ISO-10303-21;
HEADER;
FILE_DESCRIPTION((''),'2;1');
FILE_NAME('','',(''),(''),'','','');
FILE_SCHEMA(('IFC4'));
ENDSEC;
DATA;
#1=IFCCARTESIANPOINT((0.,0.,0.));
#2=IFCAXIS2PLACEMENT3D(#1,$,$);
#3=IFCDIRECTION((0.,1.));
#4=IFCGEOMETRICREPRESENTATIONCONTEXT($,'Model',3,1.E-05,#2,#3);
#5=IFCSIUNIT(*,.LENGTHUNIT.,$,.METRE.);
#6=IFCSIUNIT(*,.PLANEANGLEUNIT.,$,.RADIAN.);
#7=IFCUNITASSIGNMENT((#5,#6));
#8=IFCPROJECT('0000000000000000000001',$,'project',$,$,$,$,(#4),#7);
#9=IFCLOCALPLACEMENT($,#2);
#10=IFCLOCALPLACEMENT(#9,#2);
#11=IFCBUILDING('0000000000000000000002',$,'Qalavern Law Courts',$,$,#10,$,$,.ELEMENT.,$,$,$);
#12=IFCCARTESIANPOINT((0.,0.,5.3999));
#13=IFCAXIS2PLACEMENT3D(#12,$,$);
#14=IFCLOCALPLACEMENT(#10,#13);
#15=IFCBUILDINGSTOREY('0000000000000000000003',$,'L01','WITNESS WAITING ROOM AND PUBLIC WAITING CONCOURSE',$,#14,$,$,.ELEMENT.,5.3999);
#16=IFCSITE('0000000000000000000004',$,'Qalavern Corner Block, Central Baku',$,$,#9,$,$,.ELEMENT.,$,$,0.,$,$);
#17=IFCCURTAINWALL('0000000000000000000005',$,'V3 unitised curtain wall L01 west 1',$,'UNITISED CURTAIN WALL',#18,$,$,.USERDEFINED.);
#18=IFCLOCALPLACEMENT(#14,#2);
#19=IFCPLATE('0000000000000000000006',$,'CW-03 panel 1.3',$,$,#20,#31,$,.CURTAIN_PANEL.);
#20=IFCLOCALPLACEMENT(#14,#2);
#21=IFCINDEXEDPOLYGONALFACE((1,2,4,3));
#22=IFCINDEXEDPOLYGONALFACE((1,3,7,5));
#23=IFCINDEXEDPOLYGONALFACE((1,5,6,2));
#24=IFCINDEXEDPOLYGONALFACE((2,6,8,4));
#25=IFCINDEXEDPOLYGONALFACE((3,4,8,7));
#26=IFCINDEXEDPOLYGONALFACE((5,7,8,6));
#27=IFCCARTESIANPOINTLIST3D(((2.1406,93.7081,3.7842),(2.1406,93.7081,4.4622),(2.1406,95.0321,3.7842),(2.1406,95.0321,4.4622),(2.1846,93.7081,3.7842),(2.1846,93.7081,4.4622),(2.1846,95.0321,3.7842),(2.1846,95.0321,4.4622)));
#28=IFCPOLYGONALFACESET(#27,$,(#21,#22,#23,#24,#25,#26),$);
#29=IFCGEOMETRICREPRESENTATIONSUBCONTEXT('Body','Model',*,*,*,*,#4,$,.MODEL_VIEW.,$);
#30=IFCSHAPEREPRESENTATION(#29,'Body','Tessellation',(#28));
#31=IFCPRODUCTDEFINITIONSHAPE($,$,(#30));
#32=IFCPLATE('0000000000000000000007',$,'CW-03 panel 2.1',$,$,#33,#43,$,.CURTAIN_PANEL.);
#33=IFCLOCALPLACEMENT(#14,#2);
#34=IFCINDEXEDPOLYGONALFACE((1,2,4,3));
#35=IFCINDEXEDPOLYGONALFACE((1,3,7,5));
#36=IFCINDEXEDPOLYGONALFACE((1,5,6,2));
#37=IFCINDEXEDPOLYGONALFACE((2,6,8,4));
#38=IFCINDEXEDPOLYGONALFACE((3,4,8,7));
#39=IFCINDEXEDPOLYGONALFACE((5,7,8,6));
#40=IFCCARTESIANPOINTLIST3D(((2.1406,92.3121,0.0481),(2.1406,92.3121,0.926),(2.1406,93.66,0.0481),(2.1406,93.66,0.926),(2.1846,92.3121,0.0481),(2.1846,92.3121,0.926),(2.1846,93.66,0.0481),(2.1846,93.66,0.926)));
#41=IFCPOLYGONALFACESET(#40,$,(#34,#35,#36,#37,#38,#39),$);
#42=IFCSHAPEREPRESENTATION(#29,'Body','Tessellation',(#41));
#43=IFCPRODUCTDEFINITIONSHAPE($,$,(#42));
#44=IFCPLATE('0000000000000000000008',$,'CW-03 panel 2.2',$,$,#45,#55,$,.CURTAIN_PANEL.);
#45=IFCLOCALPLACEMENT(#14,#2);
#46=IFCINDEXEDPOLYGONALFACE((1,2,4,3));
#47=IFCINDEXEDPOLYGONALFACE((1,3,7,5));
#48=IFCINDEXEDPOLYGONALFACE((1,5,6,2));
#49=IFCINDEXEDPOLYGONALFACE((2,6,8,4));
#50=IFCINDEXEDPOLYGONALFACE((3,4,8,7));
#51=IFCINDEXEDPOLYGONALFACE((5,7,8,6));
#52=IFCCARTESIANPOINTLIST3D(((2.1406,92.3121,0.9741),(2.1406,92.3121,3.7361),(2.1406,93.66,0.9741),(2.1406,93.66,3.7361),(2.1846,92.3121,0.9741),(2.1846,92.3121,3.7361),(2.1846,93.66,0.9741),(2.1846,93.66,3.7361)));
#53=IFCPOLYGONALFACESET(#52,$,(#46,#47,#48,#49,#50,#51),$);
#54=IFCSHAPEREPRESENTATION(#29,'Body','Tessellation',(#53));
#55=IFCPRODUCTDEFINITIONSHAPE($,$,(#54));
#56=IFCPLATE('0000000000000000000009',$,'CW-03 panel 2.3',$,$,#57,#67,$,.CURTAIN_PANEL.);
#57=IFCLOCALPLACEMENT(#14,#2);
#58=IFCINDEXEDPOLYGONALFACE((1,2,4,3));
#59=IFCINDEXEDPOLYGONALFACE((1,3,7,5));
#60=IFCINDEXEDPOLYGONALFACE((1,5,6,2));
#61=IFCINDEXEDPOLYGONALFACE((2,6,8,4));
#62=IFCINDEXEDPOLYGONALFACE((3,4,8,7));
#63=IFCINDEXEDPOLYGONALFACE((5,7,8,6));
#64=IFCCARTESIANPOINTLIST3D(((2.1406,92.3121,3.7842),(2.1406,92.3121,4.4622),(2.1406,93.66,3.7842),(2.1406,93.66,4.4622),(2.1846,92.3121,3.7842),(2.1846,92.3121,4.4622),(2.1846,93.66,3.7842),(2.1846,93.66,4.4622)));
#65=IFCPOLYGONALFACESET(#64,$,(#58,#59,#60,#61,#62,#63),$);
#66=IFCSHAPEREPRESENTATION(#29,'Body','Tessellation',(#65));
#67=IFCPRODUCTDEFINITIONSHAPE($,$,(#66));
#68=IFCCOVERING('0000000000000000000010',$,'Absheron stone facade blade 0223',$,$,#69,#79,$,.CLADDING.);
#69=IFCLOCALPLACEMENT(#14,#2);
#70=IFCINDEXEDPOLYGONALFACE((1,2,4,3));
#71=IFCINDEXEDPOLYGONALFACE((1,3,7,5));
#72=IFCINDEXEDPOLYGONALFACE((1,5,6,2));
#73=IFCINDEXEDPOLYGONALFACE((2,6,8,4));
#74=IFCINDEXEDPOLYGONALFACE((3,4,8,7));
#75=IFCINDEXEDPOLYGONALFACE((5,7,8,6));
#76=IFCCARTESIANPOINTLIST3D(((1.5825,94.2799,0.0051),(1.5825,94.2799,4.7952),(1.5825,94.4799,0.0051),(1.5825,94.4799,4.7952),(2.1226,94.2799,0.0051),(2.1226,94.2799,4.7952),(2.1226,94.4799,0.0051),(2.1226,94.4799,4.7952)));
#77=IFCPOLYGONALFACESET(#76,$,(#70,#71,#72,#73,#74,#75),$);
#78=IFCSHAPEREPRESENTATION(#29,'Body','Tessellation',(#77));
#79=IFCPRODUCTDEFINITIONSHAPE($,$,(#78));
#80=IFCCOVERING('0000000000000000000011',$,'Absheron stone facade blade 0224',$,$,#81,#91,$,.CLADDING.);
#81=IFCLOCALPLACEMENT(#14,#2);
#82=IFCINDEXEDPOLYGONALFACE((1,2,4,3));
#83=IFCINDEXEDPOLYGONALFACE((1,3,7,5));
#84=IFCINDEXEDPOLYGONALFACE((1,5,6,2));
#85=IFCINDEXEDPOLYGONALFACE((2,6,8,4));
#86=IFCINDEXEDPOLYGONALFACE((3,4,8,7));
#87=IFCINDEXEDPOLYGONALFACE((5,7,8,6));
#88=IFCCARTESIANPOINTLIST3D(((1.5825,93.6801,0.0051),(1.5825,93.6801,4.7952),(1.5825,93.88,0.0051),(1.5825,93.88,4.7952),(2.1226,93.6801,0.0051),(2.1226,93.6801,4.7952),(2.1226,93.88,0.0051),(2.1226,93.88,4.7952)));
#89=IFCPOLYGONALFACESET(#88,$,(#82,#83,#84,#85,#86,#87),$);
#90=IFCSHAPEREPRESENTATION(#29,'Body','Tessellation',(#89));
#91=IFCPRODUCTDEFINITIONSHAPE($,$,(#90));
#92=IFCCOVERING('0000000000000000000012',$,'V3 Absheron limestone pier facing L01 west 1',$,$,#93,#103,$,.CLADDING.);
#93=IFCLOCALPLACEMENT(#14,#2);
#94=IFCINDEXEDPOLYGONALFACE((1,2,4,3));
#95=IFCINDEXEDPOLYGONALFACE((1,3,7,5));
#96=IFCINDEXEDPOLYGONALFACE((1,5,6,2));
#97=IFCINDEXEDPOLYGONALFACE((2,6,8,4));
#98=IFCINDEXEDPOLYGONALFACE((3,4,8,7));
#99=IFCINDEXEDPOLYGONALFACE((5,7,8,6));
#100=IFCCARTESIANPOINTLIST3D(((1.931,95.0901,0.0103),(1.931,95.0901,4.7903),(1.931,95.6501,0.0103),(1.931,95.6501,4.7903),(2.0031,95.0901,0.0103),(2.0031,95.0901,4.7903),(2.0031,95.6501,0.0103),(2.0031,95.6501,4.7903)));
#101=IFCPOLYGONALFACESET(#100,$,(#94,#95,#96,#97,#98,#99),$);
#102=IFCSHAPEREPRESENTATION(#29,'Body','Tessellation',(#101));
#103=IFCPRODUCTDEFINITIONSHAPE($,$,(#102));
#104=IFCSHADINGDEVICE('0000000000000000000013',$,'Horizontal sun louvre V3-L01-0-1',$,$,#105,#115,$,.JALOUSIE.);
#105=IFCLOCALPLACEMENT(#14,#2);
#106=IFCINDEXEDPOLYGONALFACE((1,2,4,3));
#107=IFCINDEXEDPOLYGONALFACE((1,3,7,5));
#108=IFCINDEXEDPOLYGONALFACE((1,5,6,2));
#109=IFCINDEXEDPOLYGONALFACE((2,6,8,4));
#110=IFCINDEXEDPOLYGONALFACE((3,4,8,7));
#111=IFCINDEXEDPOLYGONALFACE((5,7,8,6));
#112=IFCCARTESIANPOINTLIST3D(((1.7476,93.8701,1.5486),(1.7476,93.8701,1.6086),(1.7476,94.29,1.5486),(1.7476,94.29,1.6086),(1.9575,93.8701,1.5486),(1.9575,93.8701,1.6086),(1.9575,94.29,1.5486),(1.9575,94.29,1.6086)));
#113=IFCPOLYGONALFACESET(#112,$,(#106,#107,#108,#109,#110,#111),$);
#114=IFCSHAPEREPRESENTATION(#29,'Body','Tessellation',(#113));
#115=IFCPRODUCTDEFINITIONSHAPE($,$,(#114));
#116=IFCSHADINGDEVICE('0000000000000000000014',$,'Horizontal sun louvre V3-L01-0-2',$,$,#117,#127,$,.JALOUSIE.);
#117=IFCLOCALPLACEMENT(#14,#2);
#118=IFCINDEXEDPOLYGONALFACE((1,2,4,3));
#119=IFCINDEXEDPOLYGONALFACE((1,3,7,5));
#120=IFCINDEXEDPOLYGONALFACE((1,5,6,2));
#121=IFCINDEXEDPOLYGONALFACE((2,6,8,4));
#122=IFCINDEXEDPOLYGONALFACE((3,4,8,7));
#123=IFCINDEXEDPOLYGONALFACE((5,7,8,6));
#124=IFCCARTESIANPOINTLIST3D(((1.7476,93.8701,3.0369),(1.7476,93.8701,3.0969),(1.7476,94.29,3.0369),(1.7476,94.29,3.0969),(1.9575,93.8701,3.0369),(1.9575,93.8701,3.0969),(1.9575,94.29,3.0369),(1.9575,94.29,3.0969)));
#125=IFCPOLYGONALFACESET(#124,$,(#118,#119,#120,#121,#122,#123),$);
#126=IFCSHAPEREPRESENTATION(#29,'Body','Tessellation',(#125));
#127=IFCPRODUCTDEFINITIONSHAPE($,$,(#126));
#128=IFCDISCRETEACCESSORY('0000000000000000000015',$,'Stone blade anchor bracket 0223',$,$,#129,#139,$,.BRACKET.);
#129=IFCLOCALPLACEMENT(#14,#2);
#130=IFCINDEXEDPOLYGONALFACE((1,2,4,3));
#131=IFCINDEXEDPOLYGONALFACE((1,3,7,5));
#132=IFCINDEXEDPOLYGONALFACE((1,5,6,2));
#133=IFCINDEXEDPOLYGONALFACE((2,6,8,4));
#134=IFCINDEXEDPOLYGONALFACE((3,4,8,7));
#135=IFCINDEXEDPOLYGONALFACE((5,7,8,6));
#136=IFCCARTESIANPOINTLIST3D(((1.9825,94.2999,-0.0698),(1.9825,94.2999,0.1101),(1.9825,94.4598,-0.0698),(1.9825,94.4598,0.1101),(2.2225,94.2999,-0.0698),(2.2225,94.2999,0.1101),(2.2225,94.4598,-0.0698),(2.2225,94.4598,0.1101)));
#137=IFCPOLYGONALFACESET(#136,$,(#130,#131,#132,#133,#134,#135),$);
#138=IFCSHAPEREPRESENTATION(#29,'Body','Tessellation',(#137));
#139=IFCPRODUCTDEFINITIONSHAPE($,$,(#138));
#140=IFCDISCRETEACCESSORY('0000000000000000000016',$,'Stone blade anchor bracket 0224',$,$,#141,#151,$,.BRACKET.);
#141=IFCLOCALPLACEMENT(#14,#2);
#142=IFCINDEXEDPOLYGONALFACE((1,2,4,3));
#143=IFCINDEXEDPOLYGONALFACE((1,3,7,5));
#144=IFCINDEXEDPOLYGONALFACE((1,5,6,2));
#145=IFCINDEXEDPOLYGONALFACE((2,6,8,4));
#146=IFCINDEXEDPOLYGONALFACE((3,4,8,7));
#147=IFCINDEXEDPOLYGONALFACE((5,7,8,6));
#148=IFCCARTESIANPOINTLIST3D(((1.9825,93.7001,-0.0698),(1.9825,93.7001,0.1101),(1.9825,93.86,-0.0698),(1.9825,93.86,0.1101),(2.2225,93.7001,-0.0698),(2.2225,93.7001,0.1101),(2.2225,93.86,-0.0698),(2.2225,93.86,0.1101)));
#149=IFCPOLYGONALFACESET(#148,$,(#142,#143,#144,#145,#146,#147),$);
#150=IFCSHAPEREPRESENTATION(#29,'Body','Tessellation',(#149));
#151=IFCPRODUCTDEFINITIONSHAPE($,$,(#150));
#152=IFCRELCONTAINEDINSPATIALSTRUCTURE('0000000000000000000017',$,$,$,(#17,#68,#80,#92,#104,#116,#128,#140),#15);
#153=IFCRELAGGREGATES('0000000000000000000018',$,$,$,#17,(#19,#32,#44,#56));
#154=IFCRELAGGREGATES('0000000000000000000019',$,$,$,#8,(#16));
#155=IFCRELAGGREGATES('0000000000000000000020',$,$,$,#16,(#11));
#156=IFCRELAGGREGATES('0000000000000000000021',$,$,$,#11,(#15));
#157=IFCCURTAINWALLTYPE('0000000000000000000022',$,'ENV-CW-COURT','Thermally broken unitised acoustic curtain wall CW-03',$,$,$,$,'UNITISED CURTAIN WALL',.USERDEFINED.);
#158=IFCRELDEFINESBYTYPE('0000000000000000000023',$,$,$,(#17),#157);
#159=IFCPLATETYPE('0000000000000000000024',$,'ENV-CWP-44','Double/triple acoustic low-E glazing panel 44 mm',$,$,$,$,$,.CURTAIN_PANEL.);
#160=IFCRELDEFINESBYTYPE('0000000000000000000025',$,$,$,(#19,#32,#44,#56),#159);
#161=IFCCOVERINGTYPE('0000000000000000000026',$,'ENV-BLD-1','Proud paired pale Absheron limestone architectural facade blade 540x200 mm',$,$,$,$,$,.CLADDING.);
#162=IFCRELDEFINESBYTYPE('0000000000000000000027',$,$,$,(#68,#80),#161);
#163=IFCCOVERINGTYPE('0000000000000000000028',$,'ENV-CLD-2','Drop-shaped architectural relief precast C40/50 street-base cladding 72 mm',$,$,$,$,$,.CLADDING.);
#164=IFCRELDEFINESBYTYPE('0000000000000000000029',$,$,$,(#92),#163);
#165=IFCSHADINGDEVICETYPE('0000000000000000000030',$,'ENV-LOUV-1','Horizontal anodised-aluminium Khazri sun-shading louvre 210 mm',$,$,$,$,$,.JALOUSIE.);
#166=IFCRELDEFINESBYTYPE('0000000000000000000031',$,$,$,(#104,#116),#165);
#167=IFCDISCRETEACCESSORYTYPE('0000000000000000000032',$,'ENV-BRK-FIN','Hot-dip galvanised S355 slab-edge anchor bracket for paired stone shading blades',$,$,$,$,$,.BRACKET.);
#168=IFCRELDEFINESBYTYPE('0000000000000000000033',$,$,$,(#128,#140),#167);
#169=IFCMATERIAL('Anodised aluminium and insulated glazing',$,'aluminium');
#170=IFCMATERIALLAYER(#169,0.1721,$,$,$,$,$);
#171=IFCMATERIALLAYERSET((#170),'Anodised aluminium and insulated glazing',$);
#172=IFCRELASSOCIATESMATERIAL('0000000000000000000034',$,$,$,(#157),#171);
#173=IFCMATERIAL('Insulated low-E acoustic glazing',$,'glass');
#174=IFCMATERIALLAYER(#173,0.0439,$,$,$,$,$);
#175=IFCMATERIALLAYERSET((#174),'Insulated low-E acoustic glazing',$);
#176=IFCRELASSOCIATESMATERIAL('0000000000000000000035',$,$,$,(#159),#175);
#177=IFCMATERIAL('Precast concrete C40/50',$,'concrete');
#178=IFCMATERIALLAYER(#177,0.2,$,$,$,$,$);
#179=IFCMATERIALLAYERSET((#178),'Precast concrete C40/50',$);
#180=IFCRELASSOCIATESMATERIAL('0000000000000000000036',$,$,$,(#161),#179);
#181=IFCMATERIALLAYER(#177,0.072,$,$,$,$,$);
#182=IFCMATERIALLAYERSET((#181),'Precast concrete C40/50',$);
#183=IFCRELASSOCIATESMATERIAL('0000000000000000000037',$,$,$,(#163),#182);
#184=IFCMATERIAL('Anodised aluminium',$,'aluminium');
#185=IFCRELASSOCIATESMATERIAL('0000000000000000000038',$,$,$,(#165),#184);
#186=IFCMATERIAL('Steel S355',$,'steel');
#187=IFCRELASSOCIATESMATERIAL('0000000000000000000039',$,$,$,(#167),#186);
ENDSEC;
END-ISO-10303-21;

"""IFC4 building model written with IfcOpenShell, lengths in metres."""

from ifc_helpers import new_model, si_unit, direction, frame, origin, origin_2d, place, context, subcontext, project, spatial, rectangle, extrude, material, layer, layer_set, type_object, element, aggregate, save


model = new_model("IFC4")

# Units and contexts
model_context = context("Model", 3, precision=1e-05, world=origin(), true_north=direction((0.0, 1.0)))
body_context = subcontext(model_context, "Body", "Model", "MODEL_VIEW")
ifc_project = project(units=[si_unit("LENGTHUNIT", "METRE"), si_unit("PLANEANGLEUNIT", "RADIAN")], contexts=[model_context])

# Site, building, storey
site_placement = place(None, origin())
site = spatial("IfcSite", under=ifc_project, at=site_placement, Name="Qalavern Corner Block, Central Baku", CompositionType="ELEMENT", RefElevation=0.0)
building_placement = place(site_placement, origin())
building = spatial("IfcBuilding", under=site, at=building_placement, Name="Qalavern Law Courts", CompositionType="ELEMENT")
storey_placement = place(building_placement, frame((0.0, 0.0, 5.3999)))
storey = spatial("IfcBuildingStorey", under=building, at=storey_placement, Name="L01", Description="WITNESS WAITING ROOM AND PUBLIC WAITING CONCOURSE", CompositionType="ELEMENT", Elevation=5.3999)

# Curtain wall, plates
ifc_material_1 = material(Name="Anodised aluminium and insulated glazing", Category="aluminium")
ifc_layer_1 = layer(ifc_material_1, 0.1721)
ifc_layer_set_1 = layer_set([ifc_layer_1], Name="Anodised aluminium and insulated glazing")
curtain_wall_type = type_object("IfcCurtainWallType", Name="ENV-CW-COURT", Description="Thermally broken unitised acoustic curtain wall CW-03", ElementType="UNITISED CURTAIN WALL", PredefinedType="USERDEFINED", material=ifc_layer_set_1)
curtain_wall_placement = place(storey_placement, origin())
curtain_wall = element("IfcCurtainWall", 1, at=curtain_wall_placement, inside=storey, type_object=curtain_wall_type, Name="V3 unitised curtain wall L01 west 1", ObjectType="UNITISED CURTAIN WALL", PredefinedType="USERDEFINED")
ifc_material_2 = material(Name="Anodised aluminium", Category="aluminium")
ifc_material_3 = material(Name="Insulated low-E acoustic glazing", Category="glass")
ifc_layer_2 = layer(ifc_material_3, 0.0439)
ifc_layer_set_2 = layer_set([ifc_layer_2], Name="Insulated low-E acoustic glazing")
plate_type = type_object("IfcPlateType", Name="ENV-CWP-44", Description="Double/triple acoustic low-E glazing panel 44 mm", PredefinedType="CURTAIN_PANEL", material=ifc_layer_set_2)
plate_1_placement = place(storey_placement, frame((2.1626, 94.3701, 3.7842), z_axis=(0.0, 0.0, 1.0), x_axis=(0.0, -1.0, 0.0)))
plate_1 = element("IfcPlate", 2, at=plate_1_placement, type_object=plate_type, Name="CW-03 panel 1.3", PredefinedType="CURTAIN_PANEL", context=body_context, shape_type="SweptSolid", body=[
    extrude(rectangle(XDim=1.324, YDim=0.0439, at=origin_2d()), origin(), (0.0, 0.0, 1.0), 0.678),
])
plate_2_placement = place(storey_placement, frame((2.1626, 92.9861, 0.0481), z_axis=(0.0, 0.0, 1.0), x_axis=(0.0, -1.0, 0.0)))
plate_2 = element("IfcPlate", 3, at=plate_2_placement, type_object=plate_type, Name="CW-03 panel 2.1", PredefinedType="CURTAIN_PANEL", context=body_context, shape_type="SweptSolid", body=[
    extrude(rectangle(XDim=1.3479, YDim=0.0439, at=origin_2d()), origin(), (0.0, 0.0, 1.0), 0.8779),
])
plate_3_placement = place(storey_placement, frame((2.1626, 92.9861, 0.9741), z_axis=(0.0, 0.0, 1.0), x_axis=(0.0, -1.0, 0.0)))
plate_3 = element("IfcPlate", 4, at=plate_3_placement, type_object=plate_type, Name="CW-03 panel 2.2", PredefinedType="CURTAIN_PANEL", context=body_context, shape_type="SweptSolid", body=[
    extrude(rectangle(XDim=1.3479, YDim=0.0439, at=origin_2d()), origin(), (0.0, 0.0, 1.0), 2.762),
])
plate_4_placement = place(storey_placement, frame((2.1626, 92.9861, 3.7842), z_axis=(0.0, 0.0, 1.0), x_axis=(0.0, -1.0, 0.0)))
plate_4 = element("IfcPlate", 5, at=plate_4_placement, type_object=plate_type, Name="CW-03 panel 2.3", PredefinedType="CURTAIN_PANEL", context=body_context, shape_type="SweptSolid", body=[
    extrude(rectangle(XDim=1.3479, YDim=0.0439, at=origin_2d()), origin(), (0.0, 0.0, 1.0), 0.678),
])
aggregate(curtain_wall, [plate_1, plate_2, plate_3, plate_4])

# Coverings
ifc_material_4 = material(Name="Precast concrete C40/50", Category="concrete")
ifc_layer_3 = layer(ifc_material_4, 0.2)
ifc_layer_set_3 = layer_set([ifc_layer_3], Name="Precast concrete C40/50")
covering_type_1 = type_object("IfcCoveringType", Name="ENV-BLD-1", Description="Proud paired pale Absheron limestone architectural facade blade 540x200 mm", PredefinedType="CLADDING", material=ifc_layer_set_3)
for number, where, z_axis, x_axis, name in (
    (6, (1.8525, 94.3799, 0.0051), (0.0, 0.0, 1.0), (-1.0, 0.0, 0.0), "Absheron stone facade blade 0223"),
    (7, (1.8525, 93.78, 0.0051), (0.0, 0.0, 1.0), (-1.0, 0.0, 0.0), "Absheron stone facade blade 0224"),
):
    element("IfcCovering", number, at=place(storey_placement, frame(where, z_axis=z_axis, x_axis=x_axis)), inside=storey, type_object=covering_type_1, Name=name, PredefinedType="CLADDING", context=body_context, shape_type="SweptSolid", body=[
        extrude(rectangle(XDim=0.54, YDim=0.2, at=origin_2d()), origin(), (0.0, 0.0, 1.0), 4.79),
    ])
ifc_layer_4 = layer(ifc_material_4, 0.072)
ifc_layer_set_4 = layer_set([ifc_layer_4], Name="Precast concrete C40/50")
covering_type_2 = type_object("IfcCoveringType", Name="ENV-CLD-2", Description="Drop-shaped architectural relief precast C40/50 street-base cladding 72 mm", PredefinedType="CLADDING", material=ifc_layer_set_4)
covering_placement = place(storey_placement, frame((1.967, 95.3701, 0.0103), z_axis=(0.0, 0.0, 1.0), x_axis=(0.0, -1.0, 0.0)))
element("IfcCovering", 8, at=covering_placement, inside=storey, type_object=covering_type_2, Name="V3 Absheron limestone pier facing L01 west 1", PredefinedType="CLADDING", context=body_context, shape_type="SweptSolid", body=[
    extrude(rectangle(XDim=0.5601, YDim=0.072, at=origin_2d()), origin(), (0.0, 0.0, 1.0), 4.78),
])

# Shading devices
shading_device_type = type_object("IfcShadingDeviceType", Name="ENV-LOUV-1", Description="Horizontal anodised-aluminium Khazri sun-shading louvre 210 mm", PredefinedType="JALOUSIE", material=ifc_material_2)
for number, where, z_axis, x_axis, name in (
    (9, (1.8525, 94.0801, 1.5486), (0.0, 0.0, 1.0), (0.0, -1.0, 0.0), "Horizontal sun louvre V3-L01-0-1"),
    (10, (1.8525, 94.0801, 3.0369), (0.0, 0.0, 1.0), (0.0, -1.0, 0.0), "Horizontal sun louvre V3-L01-0-2"),
):
    element("IfcShadingDevice", number, at=place(storey_placement, frame(where, z_axis=z_axis, x_axis=x_axis)), inside=storey, type_object=shading_device_type, Name=name, PredefinedType="JALOUSIE", context=body_context, shape_type="SweptSolid", body=[
        extrude(rectangle(XDim=0.4199, YDim=0.21, at=origin_2d()), origin(), (0.0, 0.0, 1.0), 0.0601),
    ])

# Discrete accessories
ifc_material_5 = material(Name="Steel S355", Category="steel")
discrete_accessory_type = type_object("IfcDiscreteAccessoryType", Name="ENV-BRK-FIN", Description="Hot-dip galvanised S355 slab-edge anchor bracket for paired stone shading blades", PredefinedType="BRACKET", material=ifc_material_5)
for number, where, z_axis, x_axis, name in (
    (11, (2.1025, 94.3799, -0.0698), (0.0, 0.0, 1.0), (-1.0, 0.0, 0.0), "Stone blade anchor bracket 0223"),
    (12, (2.1025, 93.78, -0.0698), (0.0, 0.0, 1.0), (-1.0, 0.0, 0.0), "Stone blade anchor bracket 0224"),
):
    element("IfcDiscreteAccessory", number, at=place(storey_placement, frame(where, z_axis=z_axis, x_axis=x_axis)), inside=storey, type_object=discrete_accessory_type, Name=name, PredefinedType="BRACKET", context=body_context, shape_type="SweptSolid", body=[
        extrude(rectangle(XDim=0.24, YDim=0.1599, at=origin_2d()), origin(), (0.0, 0.0, 1.0), 0.1799),
    ])

save(model, "model.ifc")
